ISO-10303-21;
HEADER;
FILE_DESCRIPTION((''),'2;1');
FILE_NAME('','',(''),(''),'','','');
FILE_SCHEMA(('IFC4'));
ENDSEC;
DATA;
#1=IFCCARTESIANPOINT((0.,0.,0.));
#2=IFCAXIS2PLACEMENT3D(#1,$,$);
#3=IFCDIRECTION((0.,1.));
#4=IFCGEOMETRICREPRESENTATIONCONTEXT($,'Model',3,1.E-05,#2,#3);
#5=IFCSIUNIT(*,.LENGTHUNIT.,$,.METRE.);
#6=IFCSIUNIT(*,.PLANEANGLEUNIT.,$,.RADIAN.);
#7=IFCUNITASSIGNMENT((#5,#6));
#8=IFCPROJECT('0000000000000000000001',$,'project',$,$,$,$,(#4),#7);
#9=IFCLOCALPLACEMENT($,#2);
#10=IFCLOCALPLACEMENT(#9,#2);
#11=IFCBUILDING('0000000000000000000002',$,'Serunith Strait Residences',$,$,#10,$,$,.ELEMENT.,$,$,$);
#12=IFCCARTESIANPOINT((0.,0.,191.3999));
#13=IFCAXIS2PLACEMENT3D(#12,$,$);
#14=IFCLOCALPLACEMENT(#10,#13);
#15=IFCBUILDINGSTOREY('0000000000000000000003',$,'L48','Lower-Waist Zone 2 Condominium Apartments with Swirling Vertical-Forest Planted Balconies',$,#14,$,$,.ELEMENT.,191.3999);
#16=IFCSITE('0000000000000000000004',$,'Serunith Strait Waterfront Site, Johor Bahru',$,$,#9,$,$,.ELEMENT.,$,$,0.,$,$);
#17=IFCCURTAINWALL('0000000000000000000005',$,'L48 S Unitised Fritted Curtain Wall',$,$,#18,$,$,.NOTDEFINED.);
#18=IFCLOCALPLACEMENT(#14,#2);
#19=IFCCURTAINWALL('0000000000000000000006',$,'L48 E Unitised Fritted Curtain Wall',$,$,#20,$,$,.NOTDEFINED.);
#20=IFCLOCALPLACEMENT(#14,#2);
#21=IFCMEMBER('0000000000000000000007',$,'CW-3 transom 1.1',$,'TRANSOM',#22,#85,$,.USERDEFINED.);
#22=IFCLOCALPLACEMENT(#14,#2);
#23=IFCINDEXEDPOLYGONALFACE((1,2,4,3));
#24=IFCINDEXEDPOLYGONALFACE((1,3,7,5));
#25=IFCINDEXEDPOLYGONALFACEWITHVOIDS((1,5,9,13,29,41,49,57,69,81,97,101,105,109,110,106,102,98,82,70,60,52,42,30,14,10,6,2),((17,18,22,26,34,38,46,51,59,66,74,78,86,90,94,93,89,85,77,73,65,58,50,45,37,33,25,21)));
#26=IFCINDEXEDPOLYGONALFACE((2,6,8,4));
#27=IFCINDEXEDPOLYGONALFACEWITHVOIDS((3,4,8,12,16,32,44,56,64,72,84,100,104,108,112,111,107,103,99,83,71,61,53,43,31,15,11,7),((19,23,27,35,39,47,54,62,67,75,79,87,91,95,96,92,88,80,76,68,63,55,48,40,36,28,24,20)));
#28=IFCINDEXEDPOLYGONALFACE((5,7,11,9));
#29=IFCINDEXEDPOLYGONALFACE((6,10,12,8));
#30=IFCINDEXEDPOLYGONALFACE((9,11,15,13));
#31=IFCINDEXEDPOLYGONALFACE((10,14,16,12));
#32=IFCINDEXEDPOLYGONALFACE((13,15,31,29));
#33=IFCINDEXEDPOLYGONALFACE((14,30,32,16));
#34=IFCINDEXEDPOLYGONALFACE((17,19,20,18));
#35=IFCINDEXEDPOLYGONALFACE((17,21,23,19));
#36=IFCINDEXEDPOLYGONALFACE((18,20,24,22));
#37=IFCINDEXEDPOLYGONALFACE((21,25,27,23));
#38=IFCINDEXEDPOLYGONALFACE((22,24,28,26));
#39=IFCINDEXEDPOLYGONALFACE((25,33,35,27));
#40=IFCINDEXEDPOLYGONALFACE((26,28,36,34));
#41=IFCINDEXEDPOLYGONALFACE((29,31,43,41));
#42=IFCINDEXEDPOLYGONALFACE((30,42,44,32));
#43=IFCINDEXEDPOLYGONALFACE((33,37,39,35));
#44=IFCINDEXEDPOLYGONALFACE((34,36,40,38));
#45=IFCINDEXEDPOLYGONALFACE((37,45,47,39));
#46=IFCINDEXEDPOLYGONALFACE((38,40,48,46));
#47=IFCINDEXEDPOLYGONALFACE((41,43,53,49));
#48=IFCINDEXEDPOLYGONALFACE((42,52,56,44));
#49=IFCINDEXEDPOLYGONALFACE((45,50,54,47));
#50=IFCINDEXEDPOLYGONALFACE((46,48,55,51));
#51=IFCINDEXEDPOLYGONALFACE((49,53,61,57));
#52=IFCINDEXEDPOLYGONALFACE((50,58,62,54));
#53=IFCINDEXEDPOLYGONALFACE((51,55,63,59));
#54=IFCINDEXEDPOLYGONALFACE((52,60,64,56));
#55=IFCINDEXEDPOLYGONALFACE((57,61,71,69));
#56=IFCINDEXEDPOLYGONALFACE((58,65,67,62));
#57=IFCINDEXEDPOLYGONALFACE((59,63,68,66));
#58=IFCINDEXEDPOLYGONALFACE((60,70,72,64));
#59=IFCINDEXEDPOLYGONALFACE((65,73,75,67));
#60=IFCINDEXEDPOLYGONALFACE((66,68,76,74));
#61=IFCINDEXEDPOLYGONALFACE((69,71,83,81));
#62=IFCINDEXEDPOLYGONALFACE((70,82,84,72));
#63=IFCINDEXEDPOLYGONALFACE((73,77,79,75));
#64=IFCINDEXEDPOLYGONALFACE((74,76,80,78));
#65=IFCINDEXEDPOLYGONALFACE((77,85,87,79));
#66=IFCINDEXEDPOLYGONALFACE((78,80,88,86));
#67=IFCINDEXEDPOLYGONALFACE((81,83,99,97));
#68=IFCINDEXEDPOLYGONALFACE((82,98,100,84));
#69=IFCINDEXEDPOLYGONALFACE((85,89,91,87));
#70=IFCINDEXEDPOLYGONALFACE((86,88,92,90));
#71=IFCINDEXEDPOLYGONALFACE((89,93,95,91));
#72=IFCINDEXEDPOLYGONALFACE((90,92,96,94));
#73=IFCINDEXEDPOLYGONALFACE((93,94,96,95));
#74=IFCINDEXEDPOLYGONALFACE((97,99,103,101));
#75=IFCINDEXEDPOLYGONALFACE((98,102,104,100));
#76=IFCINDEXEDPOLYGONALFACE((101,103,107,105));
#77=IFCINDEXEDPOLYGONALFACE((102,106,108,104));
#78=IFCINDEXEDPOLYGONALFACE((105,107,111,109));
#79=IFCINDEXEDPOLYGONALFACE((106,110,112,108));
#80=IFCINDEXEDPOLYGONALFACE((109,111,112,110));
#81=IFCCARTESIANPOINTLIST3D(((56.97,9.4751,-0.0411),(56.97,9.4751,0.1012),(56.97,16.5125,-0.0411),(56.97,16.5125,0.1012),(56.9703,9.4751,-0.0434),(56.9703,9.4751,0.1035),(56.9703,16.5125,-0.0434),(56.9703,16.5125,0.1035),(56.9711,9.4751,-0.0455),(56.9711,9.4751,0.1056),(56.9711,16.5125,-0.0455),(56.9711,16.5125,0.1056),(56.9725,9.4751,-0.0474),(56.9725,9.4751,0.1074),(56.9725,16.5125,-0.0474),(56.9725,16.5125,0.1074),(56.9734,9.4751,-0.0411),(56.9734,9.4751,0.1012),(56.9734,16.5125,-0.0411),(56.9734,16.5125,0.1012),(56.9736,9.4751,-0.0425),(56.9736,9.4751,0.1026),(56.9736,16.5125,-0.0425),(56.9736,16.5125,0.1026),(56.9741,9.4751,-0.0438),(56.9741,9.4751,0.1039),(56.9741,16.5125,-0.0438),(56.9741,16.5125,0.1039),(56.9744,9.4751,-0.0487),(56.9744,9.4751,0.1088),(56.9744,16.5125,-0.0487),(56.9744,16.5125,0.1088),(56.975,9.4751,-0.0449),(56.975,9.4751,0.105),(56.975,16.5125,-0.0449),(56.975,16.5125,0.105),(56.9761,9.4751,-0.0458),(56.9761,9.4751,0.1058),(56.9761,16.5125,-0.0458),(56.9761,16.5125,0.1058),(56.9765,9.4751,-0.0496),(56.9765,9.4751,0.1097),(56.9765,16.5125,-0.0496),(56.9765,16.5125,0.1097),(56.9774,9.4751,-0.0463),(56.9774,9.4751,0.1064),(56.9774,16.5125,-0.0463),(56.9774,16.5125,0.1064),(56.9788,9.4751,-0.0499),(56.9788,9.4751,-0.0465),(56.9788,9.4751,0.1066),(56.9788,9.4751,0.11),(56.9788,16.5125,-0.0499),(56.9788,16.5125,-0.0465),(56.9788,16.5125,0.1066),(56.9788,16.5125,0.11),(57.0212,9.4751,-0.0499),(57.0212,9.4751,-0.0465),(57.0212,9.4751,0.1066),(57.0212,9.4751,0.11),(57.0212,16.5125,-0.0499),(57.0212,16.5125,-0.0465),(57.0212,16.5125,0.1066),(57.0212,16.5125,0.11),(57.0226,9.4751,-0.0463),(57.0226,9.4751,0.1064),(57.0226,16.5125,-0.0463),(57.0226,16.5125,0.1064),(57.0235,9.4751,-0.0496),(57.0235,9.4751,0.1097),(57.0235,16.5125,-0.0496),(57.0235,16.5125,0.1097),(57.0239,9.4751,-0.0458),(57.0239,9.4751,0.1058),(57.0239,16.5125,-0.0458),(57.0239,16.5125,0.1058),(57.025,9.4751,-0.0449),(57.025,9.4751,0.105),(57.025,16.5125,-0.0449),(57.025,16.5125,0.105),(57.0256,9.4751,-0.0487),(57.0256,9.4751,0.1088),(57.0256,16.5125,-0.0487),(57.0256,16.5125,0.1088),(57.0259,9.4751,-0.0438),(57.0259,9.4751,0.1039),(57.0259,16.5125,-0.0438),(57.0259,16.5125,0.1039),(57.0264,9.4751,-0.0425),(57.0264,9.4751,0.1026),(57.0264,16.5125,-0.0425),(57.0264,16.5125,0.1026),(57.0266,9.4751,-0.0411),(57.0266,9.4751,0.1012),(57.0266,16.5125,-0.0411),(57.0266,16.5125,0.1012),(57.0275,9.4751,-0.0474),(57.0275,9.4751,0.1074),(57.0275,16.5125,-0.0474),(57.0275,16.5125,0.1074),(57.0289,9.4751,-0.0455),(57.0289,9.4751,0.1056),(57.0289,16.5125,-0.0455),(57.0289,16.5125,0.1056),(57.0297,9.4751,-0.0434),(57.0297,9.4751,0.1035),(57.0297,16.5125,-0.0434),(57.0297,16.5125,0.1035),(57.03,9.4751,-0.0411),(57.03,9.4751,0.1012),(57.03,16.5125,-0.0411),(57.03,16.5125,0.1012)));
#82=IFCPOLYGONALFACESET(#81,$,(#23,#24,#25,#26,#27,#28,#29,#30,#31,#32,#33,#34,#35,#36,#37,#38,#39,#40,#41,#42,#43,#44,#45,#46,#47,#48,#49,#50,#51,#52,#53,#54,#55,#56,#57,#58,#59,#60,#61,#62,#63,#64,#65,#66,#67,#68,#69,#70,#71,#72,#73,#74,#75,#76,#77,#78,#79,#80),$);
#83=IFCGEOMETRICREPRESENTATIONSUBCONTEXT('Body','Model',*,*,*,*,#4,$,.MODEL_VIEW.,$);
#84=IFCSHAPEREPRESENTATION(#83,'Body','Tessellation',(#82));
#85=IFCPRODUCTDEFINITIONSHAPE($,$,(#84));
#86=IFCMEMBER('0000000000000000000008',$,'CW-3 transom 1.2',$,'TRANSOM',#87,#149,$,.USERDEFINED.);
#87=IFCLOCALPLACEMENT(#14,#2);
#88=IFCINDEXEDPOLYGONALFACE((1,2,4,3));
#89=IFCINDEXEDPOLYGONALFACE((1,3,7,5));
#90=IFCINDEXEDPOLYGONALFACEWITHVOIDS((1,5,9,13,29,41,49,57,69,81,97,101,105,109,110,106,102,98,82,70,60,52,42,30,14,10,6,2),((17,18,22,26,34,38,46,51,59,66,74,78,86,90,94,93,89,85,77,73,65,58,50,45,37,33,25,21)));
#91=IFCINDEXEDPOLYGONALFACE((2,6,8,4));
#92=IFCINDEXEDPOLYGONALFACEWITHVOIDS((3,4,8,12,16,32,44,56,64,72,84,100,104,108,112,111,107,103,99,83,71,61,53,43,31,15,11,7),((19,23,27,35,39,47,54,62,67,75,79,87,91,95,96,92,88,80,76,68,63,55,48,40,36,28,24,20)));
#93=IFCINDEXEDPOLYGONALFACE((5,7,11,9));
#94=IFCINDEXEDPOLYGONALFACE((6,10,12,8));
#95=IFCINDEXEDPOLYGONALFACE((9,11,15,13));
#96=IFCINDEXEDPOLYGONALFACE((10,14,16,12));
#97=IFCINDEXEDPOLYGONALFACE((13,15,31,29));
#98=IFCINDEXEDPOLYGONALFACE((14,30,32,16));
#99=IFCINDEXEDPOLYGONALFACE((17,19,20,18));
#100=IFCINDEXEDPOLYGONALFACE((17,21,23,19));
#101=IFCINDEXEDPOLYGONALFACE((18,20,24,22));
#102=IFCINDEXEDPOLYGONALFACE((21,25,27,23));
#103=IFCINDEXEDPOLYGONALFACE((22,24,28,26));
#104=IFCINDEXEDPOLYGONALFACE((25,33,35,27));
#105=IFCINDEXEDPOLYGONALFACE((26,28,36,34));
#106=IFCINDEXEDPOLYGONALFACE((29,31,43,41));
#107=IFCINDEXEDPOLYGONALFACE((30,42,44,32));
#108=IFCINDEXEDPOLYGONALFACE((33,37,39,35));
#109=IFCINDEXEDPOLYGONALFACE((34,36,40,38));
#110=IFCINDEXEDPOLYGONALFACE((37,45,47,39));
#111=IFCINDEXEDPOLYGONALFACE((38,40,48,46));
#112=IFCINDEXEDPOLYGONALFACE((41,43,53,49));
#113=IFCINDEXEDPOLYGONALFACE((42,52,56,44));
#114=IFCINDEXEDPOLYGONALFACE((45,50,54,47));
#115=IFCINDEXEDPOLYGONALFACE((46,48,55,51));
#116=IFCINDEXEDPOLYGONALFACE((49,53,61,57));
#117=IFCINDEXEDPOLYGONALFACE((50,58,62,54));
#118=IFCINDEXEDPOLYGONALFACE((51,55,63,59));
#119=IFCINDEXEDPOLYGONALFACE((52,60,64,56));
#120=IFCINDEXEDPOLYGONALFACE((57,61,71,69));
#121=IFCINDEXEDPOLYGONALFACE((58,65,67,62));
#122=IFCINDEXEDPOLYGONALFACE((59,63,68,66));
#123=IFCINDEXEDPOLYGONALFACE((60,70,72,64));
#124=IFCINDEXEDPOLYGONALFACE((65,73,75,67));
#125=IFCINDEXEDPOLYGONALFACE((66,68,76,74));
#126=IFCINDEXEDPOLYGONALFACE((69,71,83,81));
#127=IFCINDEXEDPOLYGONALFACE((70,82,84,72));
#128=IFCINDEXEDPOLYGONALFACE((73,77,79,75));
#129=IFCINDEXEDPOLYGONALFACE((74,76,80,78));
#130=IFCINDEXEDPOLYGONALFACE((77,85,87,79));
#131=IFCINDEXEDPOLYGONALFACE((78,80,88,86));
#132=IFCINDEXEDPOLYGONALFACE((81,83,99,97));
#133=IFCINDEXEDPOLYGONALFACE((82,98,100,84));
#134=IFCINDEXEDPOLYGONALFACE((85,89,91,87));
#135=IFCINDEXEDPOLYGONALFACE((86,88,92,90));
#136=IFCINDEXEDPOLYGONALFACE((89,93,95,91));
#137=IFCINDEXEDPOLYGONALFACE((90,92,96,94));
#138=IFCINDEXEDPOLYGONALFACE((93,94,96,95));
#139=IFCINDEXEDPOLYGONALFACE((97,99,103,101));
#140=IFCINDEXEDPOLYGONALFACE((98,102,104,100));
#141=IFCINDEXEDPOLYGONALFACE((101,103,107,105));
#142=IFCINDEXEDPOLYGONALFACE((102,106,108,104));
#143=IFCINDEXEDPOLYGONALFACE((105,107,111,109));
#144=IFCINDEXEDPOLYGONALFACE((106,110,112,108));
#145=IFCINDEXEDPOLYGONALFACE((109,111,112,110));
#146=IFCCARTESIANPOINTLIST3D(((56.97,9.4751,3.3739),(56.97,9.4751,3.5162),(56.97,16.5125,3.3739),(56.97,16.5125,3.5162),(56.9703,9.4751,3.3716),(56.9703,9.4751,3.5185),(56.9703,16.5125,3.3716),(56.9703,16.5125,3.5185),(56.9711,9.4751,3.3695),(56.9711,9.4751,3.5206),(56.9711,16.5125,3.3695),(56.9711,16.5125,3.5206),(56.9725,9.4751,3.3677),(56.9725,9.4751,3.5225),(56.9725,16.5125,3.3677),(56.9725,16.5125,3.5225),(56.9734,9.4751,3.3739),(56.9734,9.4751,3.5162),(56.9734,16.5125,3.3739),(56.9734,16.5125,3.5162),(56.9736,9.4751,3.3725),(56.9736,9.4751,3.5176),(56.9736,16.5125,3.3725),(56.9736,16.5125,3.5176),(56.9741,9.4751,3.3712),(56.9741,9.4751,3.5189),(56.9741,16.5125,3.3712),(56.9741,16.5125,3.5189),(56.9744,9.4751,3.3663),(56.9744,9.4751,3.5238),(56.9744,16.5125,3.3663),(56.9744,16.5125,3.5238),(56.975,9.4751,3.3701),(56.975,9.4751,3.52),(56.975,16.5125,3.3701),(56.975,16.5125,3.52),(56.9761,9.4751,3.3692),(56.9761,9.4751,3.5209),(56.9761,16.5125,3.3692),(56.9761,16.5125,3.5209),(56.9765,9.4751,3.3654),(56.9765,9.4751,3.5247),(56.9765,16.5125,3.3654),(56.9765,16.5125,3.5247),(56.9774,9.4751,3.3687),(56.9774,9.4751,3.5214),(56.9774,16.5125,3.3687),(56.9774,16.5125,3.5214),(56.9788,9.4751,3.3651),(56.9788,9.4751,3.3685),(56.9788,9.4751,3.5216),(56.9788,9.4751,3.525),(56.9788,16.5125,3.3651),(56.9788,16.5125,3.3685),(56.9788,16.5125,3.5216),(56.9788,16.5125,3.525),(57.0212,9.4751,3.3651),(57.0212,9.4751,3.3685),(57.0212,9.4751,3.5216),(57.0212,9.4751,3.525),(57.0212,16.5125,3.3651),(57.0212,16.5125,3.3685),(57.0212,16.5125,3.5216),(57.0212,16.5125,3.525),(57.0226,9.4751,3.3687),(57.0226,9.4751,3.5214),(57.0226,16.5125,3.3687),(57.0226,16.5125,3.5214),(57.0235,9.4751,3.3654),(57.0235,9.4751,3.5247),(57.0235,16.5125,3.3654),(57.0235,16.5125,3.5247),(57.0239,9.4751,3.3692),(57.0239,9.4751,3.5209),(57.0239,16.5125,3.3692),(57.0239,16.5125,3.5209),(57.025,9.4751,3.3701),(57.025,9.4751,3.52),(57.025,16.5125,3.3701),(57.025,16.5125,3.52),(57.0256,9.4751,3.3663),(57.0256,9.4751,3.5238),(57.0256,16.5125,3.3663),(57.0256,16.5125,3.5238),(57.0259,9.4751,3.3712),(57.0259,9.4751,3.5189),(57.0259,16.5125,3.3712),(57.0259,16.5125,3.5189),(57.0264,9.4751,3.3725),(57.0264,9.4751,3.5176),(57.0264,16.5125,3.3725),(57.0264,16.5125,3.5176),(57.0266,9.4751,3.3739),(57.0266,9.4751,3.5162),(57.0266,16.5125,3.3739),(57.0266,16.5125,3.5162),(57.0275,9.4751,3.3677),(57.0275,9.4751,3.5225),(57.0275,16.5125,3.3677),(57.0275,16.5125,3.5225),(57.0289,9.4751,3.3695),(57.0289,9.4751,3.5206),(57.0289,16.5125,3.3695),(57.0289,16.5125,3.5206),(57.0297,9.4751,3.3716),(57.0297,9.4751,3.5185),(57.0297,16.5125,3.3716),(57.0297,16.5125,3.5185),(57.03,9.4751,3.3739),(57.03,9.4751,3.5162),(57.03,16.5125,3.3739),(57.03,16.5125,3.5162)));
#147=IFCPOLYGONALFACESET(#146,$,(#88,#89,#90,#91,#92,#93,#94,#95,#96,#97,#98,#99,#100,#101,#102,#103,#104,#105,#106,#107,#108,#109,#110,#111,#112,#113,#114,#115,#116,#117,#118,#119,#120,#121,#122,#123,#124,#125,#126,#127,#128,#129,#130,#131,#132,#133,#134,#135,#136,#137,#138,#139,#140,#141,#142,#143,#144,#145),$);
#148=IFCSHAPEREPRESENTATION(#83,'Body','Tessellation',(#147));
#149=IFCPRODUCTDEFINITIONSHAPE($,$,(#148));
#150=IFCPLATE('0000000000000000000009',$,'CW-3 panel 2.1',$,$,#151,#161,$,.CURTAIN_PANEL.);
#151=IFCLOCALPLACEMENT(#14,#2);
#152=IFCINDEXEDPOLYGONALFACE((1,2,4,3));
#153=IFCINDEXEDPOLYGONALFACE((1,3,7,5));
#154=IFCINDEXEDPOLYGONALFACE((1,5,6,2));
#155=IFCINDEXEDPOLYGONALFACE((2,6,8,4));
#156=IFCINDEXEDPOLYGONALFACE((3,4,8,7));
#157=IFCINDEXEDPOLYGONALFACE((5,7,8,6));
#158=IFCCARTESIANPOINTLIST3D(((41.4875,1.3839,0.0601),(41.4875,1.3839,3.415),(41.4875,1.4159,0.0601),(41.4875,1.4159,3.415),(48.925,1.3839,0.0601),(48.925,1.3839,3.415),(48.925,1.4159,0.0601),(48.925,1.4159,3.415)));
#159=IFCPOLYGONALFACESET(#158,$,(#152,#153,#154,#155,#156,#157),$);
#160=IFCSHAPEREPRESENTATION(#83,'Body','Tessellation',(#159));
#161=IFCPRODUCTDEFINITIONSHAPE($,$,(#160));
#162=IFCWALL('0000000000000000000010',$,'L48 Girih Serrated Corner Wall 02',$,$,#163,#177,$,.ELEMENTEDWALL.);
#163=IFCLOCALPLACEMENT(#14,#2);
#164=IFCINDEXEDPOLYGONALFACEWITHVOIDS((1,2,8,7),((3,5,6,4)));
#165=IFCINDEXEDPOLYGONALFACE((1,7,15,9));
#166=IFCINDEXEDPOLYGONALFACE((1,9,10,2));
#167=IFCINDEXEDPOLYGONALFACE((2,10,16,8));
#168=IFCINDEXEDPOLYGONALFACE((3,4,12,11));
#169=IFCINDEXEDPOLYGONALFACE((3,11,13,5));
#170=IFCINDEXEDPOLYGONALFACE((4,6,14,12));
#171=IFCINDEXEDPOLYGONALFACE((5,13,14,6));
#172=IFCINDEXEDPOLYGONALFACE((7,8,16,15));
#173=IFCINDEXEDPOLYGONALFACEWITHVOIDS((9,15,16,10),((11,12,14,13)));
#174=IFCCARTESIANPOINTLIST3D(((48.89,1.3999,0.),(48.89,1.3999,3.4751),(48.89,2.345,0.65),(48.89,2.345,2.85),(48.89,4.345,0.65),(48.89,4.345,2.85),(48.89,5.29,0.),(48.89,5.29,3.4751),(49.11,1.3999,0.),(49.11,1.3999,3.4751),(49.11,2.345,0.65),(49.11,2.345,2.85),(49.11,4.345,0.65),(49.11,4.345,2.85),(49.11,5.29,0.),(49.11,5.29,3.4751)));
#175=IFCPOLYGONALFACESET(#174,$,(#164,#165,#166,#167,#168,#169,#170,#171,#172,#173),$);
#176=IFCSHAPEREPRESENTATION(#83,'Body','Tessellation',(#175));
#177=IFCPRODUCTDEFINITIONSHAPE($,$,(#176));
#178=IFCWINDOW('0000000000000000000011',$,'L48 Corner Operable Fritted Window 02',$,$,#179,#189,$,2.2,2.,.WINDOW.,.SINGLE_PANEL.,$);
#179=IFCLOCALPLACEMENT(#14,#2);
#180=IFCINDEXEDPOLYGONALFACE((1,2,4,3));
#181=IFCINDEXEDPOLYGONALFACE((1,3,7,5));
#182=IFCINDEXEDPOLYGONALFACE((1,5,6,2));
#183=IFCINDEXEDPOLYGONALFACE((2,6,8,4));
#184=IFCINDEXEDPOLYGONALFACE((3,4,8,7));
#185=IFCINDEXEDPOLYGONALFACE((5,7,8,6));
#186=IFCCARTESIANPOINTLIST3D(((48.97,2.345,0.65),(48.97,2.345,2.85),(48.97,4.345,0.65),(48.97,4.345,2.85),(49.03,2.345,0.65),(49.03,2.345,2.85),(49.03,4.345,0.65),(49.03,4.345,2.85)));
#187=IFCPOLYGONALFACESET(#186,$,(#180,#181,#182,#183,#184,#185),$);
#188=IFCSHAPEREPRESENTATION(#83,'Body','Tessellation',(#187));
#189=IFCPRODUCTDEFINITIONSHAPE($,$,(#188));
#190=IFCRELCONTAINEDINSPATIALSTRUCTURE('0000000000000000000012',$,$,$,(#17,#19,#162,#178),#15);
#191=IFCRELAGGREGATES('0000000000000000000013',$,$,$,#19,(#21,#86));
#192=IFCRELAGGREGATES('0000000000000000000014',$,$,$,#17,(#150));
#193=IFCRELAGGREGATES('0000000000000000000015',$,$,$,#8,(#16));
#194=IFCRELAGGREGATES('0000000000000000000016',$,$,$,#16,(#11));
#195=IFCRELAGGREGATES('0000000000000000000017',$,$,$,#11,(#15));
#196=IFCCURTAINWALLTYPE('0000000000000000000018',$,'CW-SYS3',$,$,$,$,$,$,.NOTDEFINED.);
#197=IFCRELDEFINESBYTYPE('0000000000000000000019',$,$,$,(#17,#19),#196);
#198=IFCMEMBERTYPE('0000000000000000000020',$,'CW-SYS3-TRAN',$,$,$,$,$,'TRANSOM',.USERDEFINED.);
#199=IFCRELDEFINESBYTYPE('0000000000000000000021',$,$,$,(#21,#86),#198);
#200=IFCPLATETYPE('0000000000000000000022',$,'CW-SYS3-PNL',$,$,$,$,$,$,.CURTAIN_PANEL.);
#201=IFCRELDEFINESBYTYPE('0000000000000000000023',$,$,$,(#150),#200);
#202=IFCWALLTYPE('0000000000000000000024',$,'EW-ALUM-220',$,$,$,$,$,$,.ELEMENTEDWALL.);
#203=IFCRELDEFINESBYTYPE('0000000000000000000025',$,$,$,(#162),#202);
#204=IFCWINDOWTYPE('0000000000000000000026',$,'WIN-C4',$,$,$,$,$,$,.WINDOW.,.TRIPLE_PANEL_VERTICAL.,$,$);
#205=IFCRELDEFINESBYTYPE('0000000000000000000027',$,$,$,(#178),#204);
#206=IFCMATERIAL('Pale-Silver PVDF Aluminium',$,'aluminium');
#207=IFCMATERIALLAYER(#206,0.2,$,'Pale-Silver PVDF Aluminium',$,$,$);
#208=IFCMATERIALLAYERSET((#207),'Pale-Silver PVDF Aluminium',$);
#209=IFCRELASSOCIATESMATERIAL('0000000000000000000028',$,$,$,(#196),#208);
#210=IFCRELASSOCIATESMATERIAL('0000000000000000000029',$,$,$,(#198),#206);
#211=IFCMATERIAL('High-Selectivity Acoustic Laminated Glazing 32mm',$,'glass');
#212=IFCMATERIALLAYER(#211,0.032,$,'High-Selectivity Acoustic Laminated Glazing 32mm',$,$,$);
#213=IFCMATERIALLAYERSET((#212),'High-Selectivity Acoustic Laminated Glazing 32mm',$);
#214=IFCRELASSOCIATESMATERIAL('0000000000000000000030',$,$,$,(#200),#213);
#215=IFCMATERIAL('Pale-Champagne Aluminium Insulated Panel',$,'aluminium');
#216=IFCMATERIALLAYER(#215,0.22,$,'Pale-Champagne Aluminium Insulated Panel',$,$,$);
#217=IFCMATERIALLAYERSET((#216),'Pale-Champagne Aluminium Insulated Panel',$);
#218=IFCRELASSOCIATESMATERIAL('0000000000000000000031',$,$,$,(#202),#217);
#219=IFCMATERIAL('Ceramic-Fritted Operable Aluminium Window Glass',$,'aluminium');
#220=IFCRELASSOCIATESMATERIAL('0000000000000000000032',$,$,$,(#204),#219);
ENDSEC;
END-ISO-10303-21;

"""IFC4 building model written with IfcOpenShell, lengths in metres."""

from ifc_helpers import new_model, si_unit, direction, frame, frame_2d, origin, origin_2d, place, context, subcontext, project, spatial, rectangle, hollow_rectangle, extrude, source, transform, mapped, material, layer, layer_set, material_profile, profile_set, type_object, element, fill, aggregate, save


model = new_model("IFC4")

# Units and contexts
model_context = context("Model", 3, precision=1e-05, world=origin(), true_north=direction((0.0, 1.0)))
body_context = subcontext(model_context, "Body", "Model", "MODEL_VIEW")
ifc_project = project(units=[si_unit("LENGTHUNIT", "METRE"), si_unit("PLANEANGLEUNIT", "RADIAN")], contexts=[model_context])

# Site, building, storey
site_placement = place(None, origin())
site = spatial("IfcSite", under=ifc_project, at=site_placement, Name="Serunith Strait Waterfront Site, Johor Bahru", CompositionType="ELEMENT", RefElevation=0.0)
building_placement = place(site_placement, origin())
building = spatial("IfcBuilding", under=site, at=building_placement, Name="Serunith Strait Residences", CompositionType="ELEMENT")
storey_placement = place(building_placement, frame((0.0, 0.0, 191.3999)))
storey = spatial("IfcBuildingStorey", under=building, at=storey_placement, Name="L48", Description="Lower-Waist Zone 2 Condominium Apartments with Swirling Vertical-Forest Planted Balconies", CompositionType="ELEMENT", Elevation=191.3999)

# Curtain wall
ifc_material_1 = material(Name="Pale-Silver PVDF Aluminium", Category="aluminium")
ifc_layer_1 = layer(ifc_material_1, 0.2, Name="Pale-Silver PVDF Aluminium")
ifc_layer_set_1 = layer_set([ifc_layer_1], Name="Pale-Silver PVDF Aluminium")
curtain_wall_type = type_object("IfcCurtainWallType", Name="CW-SYS3", PredefinedType="NOTDEFINED", material=ifc_layer_set_1)
curtain_wall_1_placement = place(storey_placement, origin())
curtain_wall_1 = element("IfcCurtainWall", 1, at=curtain_wall_1_placement, inside=storey, type_object=curtain_wall_type, Name="L48 S Unitised Fritted Curtain Wall", PredefinedType="NOTDEFINED")

# Curtain wall, members
curtain_wall_2_placement = place(storey_placement, origin())
curtain_wall_2 = element("IfcCurtainWall", 2, at=curtain_wall_2_placement, inside=storey, type_object=curtain_wall_type, Name="L48 E Unitised Fritted Curtain Wall", PredefinedType="NOTDEFINED")
ifc_material_profile_1 = material_profile(ifc_material_1, hollow_rectangle(XDim=0.0601, YDim=0.1599, WallThickness=0.0034, InnerFilletRadius=0.0054, OuterFilletRadius=0.0088, at=origin_2d()), Name="ALU 160x60x3.5")
ifc_profile_set_1 = profile_set([ifc_material_profile_1], Name="Pale-Silver PVDF Aluminium")
member_type_1 = type_object("IfcMemberType", Name="CW-SYS3-TRAN", ElementType="TRANSOM", PredefinedType="USERDEFINED", material=ifc_profile_set_1)
shared_shape_1 = source(origin(), body_context, "Body", "SweptSolid", [
    extrude(hollow_rectangle(XDim=0.0601, YDim=0.1599, WallThickness=0.0034, InnerFilletRadius=0.0054, OuterFilletRadius=0.0088, at=origin_2d()), origin(), (0.0, 0.0, 1.0), 7.0374),
])
member_1_placement = place(storey_placement, frame((57.0, 9.4751, 0.03), z_axis=(0.0, 1.0, 0.0), x_axis=(-1.0, 0.0, 0.0)))
member_1 = element("IfcMember", 3, at=member_1_placement, type_object=member_type_1, Name="CW-3 transom 1.1", ObjectType="TRANSOM", PredefinedType="USERDEFINED", context=body_context, shape_type="MappedRepresentation", body=[
    mapped(shared_shape_1, transform((0.0, 0.0, 0.0), scale=1.0)),
])
member_2_placement = place(storey_placement, frame((57.0, 9.4751, 3.4451), z_axis=(0.0, 1.0, 0.0), x_axis=(-1.0, 0.0, 0.0)))
member_2 = element("IfcMember", 4, at=member_2_placement, type_object=member_type_1, Name="CW-3 transom 1.2", ObjectType="TRANSOM", PredefinedType="USERDEFINED", context=body_context, shape_type="MappedRepresentation", body=[
    mapped(shared_shape_1, transform((0.0, 0.0, 0.0), scale=1.0)),
])
aggregate(curtain_wall_2, [member_1, member_2])

# Plate
ifc_material_2 = material(Name="High-Selectivity Acoustic Laminated Glazing 32mm", Category="glass")
ifc_layer_2 = layer(ifc_material_2, 0.032, Name="High-Selectivity Acoustic Laminated Glazing 32mm")
ifc_layer_set_2 = layer_set([ifc_layer_2], Name="High-Selectivity Acoustic Laminated Glazing 32mm")
plate_type = type_object("IfcPlateType", Name="CW-SYS3-PNL", PredefinedType="CURTAIN_PANEL", material=ifc_layer_set_2)
shared_shape_2 = source(origin(), body_context, "Body", "SweptSolid", [
    extrude(rectangle(XDim=7.4375, YDim=0.032, at=origin_2d()), origin(), (0.0, 0.0, 1.0), 3.355),
])
plate_placement = place(storey_placement, frame((45.2063, 1.3999, 0.0601), z_axis=(0.0, 0.0, 1.0), x_axis=(1.0, 0.0, 0.0)))
plate = element("IfcPlate", 5, at=plate_placement, type_object=plate_type, Name="CW-3 panel 2.1", PredefinedType="CURTAIN_PANEL", context=body_context, shape_type="MappedRepresentation", body=[
    mapped(shared_shape_2, transform((0.0, 0.0, 0.0), scale=1.0)),
])
aggregate(curtain_wall_1, [plate])

# Wall, opening, window
ifc_material_3 = material(Name="Pale-Champagne Aluminium Insulated Panel", Category="aluminium")
ifc_layer_3 = layer(ifc_material_3, 0.22, Name="Pale-Champagne Aluminium Insulated Panel")
ifc_layer_set_3 = layer_set([ifc_layer_3], Name="Pale-Champagne Aluminium Insulated Panel")
wall_type_1 = type_object("IfcWallType", Name="EW-ALUM-220", PredefinedType="ELEMENTEDWALL", material=ifc_layer_set_3)
wall_1_placement = place(storey_placement, frame((49.0, 1.3999, 0.0), z_axis=(0.0, 0.0, 1.0), x_axis=(0.0, 1.0, 0.0)))
wall_1 = element("IfcWall", 6, at=wall_1_placement, inside=storey, type_object=wall_type_1, Name="L48 Girih Serrated Corner Wall 02", PredefinedType="ELEMENTEDWALL", context=body_context, shape_type="SweptSolid", body=[
    extrude(rectangle(XDim=3.8901, YDim=0.22, at=frame_2d((1.9451, 0.0))), origin(), (0.0, 0.0, 1.0), 3.4751),
])
opening_1_placement = place(wall_1_placement, frame((0.9451, 0.0, 0.6499)))
opening_1 = element("IfcOpeningElement", 7, at=opening_1_placement, cuts=wall_1, PredefinedType="OPENING", context=body_context, shape_type="SweptSolid", body=[
    extrude(rectangle(XDim=2.0, YDim=2.2, at=frame_2d((1.0, 1.1001))), frame((0.0, 0.1201, 0.0), z_axis=(0.0, -1.0, 0.0), x_axis=(1.0, 0.0, 0.0)), (0.0, 0.0, 1.0), 0.24),
])
ifc_material_4 = material(Name="Ceramic-Fritted Operable Aluminium Window Glass", Category="aluminium")
window_type = type_object("IfcWindowType", Name="WIN-C4", PartitioningType="TRIPLE_PANEL_VERTICAL", PredefinedType="WINDOW", material=ifc_material_4)
shared_shape_3 = source(origin(), body_context, "Body", "SweptSolid", [
    extrude(rectangle(XDim=2.0, YDim=2.2, at=frame_2d((1.0, 1.1001))), frame((0.0, 0.03, 0.0), z_axis=(0.0, -1.0, 0.0), x_axis=(1.0, 0.0, 0.0)), (0.0, 0.0, 1.0), 0.0601),
])
window_1_placement = place(opening_1_placement, origin())
window_1 = element("IfcWindow", 8, at=window_1_placement, inside=storey, type_object=window_type, Name="L48 Corner Operable Fritted Window 02", OverallHeight=2.2, OverallWidth=2.0, PartitioningType="SINGLE_PANEL", PredefinedType="WINDOW", context=body_context, shape_type="MappedRepresentation", body=[
    mapped(shared_shape_3, transform((0.0, 0.0, 0.0), scale=1.0)),
])
fill(opening_1, window_1)

save(model, "model.ifc")
